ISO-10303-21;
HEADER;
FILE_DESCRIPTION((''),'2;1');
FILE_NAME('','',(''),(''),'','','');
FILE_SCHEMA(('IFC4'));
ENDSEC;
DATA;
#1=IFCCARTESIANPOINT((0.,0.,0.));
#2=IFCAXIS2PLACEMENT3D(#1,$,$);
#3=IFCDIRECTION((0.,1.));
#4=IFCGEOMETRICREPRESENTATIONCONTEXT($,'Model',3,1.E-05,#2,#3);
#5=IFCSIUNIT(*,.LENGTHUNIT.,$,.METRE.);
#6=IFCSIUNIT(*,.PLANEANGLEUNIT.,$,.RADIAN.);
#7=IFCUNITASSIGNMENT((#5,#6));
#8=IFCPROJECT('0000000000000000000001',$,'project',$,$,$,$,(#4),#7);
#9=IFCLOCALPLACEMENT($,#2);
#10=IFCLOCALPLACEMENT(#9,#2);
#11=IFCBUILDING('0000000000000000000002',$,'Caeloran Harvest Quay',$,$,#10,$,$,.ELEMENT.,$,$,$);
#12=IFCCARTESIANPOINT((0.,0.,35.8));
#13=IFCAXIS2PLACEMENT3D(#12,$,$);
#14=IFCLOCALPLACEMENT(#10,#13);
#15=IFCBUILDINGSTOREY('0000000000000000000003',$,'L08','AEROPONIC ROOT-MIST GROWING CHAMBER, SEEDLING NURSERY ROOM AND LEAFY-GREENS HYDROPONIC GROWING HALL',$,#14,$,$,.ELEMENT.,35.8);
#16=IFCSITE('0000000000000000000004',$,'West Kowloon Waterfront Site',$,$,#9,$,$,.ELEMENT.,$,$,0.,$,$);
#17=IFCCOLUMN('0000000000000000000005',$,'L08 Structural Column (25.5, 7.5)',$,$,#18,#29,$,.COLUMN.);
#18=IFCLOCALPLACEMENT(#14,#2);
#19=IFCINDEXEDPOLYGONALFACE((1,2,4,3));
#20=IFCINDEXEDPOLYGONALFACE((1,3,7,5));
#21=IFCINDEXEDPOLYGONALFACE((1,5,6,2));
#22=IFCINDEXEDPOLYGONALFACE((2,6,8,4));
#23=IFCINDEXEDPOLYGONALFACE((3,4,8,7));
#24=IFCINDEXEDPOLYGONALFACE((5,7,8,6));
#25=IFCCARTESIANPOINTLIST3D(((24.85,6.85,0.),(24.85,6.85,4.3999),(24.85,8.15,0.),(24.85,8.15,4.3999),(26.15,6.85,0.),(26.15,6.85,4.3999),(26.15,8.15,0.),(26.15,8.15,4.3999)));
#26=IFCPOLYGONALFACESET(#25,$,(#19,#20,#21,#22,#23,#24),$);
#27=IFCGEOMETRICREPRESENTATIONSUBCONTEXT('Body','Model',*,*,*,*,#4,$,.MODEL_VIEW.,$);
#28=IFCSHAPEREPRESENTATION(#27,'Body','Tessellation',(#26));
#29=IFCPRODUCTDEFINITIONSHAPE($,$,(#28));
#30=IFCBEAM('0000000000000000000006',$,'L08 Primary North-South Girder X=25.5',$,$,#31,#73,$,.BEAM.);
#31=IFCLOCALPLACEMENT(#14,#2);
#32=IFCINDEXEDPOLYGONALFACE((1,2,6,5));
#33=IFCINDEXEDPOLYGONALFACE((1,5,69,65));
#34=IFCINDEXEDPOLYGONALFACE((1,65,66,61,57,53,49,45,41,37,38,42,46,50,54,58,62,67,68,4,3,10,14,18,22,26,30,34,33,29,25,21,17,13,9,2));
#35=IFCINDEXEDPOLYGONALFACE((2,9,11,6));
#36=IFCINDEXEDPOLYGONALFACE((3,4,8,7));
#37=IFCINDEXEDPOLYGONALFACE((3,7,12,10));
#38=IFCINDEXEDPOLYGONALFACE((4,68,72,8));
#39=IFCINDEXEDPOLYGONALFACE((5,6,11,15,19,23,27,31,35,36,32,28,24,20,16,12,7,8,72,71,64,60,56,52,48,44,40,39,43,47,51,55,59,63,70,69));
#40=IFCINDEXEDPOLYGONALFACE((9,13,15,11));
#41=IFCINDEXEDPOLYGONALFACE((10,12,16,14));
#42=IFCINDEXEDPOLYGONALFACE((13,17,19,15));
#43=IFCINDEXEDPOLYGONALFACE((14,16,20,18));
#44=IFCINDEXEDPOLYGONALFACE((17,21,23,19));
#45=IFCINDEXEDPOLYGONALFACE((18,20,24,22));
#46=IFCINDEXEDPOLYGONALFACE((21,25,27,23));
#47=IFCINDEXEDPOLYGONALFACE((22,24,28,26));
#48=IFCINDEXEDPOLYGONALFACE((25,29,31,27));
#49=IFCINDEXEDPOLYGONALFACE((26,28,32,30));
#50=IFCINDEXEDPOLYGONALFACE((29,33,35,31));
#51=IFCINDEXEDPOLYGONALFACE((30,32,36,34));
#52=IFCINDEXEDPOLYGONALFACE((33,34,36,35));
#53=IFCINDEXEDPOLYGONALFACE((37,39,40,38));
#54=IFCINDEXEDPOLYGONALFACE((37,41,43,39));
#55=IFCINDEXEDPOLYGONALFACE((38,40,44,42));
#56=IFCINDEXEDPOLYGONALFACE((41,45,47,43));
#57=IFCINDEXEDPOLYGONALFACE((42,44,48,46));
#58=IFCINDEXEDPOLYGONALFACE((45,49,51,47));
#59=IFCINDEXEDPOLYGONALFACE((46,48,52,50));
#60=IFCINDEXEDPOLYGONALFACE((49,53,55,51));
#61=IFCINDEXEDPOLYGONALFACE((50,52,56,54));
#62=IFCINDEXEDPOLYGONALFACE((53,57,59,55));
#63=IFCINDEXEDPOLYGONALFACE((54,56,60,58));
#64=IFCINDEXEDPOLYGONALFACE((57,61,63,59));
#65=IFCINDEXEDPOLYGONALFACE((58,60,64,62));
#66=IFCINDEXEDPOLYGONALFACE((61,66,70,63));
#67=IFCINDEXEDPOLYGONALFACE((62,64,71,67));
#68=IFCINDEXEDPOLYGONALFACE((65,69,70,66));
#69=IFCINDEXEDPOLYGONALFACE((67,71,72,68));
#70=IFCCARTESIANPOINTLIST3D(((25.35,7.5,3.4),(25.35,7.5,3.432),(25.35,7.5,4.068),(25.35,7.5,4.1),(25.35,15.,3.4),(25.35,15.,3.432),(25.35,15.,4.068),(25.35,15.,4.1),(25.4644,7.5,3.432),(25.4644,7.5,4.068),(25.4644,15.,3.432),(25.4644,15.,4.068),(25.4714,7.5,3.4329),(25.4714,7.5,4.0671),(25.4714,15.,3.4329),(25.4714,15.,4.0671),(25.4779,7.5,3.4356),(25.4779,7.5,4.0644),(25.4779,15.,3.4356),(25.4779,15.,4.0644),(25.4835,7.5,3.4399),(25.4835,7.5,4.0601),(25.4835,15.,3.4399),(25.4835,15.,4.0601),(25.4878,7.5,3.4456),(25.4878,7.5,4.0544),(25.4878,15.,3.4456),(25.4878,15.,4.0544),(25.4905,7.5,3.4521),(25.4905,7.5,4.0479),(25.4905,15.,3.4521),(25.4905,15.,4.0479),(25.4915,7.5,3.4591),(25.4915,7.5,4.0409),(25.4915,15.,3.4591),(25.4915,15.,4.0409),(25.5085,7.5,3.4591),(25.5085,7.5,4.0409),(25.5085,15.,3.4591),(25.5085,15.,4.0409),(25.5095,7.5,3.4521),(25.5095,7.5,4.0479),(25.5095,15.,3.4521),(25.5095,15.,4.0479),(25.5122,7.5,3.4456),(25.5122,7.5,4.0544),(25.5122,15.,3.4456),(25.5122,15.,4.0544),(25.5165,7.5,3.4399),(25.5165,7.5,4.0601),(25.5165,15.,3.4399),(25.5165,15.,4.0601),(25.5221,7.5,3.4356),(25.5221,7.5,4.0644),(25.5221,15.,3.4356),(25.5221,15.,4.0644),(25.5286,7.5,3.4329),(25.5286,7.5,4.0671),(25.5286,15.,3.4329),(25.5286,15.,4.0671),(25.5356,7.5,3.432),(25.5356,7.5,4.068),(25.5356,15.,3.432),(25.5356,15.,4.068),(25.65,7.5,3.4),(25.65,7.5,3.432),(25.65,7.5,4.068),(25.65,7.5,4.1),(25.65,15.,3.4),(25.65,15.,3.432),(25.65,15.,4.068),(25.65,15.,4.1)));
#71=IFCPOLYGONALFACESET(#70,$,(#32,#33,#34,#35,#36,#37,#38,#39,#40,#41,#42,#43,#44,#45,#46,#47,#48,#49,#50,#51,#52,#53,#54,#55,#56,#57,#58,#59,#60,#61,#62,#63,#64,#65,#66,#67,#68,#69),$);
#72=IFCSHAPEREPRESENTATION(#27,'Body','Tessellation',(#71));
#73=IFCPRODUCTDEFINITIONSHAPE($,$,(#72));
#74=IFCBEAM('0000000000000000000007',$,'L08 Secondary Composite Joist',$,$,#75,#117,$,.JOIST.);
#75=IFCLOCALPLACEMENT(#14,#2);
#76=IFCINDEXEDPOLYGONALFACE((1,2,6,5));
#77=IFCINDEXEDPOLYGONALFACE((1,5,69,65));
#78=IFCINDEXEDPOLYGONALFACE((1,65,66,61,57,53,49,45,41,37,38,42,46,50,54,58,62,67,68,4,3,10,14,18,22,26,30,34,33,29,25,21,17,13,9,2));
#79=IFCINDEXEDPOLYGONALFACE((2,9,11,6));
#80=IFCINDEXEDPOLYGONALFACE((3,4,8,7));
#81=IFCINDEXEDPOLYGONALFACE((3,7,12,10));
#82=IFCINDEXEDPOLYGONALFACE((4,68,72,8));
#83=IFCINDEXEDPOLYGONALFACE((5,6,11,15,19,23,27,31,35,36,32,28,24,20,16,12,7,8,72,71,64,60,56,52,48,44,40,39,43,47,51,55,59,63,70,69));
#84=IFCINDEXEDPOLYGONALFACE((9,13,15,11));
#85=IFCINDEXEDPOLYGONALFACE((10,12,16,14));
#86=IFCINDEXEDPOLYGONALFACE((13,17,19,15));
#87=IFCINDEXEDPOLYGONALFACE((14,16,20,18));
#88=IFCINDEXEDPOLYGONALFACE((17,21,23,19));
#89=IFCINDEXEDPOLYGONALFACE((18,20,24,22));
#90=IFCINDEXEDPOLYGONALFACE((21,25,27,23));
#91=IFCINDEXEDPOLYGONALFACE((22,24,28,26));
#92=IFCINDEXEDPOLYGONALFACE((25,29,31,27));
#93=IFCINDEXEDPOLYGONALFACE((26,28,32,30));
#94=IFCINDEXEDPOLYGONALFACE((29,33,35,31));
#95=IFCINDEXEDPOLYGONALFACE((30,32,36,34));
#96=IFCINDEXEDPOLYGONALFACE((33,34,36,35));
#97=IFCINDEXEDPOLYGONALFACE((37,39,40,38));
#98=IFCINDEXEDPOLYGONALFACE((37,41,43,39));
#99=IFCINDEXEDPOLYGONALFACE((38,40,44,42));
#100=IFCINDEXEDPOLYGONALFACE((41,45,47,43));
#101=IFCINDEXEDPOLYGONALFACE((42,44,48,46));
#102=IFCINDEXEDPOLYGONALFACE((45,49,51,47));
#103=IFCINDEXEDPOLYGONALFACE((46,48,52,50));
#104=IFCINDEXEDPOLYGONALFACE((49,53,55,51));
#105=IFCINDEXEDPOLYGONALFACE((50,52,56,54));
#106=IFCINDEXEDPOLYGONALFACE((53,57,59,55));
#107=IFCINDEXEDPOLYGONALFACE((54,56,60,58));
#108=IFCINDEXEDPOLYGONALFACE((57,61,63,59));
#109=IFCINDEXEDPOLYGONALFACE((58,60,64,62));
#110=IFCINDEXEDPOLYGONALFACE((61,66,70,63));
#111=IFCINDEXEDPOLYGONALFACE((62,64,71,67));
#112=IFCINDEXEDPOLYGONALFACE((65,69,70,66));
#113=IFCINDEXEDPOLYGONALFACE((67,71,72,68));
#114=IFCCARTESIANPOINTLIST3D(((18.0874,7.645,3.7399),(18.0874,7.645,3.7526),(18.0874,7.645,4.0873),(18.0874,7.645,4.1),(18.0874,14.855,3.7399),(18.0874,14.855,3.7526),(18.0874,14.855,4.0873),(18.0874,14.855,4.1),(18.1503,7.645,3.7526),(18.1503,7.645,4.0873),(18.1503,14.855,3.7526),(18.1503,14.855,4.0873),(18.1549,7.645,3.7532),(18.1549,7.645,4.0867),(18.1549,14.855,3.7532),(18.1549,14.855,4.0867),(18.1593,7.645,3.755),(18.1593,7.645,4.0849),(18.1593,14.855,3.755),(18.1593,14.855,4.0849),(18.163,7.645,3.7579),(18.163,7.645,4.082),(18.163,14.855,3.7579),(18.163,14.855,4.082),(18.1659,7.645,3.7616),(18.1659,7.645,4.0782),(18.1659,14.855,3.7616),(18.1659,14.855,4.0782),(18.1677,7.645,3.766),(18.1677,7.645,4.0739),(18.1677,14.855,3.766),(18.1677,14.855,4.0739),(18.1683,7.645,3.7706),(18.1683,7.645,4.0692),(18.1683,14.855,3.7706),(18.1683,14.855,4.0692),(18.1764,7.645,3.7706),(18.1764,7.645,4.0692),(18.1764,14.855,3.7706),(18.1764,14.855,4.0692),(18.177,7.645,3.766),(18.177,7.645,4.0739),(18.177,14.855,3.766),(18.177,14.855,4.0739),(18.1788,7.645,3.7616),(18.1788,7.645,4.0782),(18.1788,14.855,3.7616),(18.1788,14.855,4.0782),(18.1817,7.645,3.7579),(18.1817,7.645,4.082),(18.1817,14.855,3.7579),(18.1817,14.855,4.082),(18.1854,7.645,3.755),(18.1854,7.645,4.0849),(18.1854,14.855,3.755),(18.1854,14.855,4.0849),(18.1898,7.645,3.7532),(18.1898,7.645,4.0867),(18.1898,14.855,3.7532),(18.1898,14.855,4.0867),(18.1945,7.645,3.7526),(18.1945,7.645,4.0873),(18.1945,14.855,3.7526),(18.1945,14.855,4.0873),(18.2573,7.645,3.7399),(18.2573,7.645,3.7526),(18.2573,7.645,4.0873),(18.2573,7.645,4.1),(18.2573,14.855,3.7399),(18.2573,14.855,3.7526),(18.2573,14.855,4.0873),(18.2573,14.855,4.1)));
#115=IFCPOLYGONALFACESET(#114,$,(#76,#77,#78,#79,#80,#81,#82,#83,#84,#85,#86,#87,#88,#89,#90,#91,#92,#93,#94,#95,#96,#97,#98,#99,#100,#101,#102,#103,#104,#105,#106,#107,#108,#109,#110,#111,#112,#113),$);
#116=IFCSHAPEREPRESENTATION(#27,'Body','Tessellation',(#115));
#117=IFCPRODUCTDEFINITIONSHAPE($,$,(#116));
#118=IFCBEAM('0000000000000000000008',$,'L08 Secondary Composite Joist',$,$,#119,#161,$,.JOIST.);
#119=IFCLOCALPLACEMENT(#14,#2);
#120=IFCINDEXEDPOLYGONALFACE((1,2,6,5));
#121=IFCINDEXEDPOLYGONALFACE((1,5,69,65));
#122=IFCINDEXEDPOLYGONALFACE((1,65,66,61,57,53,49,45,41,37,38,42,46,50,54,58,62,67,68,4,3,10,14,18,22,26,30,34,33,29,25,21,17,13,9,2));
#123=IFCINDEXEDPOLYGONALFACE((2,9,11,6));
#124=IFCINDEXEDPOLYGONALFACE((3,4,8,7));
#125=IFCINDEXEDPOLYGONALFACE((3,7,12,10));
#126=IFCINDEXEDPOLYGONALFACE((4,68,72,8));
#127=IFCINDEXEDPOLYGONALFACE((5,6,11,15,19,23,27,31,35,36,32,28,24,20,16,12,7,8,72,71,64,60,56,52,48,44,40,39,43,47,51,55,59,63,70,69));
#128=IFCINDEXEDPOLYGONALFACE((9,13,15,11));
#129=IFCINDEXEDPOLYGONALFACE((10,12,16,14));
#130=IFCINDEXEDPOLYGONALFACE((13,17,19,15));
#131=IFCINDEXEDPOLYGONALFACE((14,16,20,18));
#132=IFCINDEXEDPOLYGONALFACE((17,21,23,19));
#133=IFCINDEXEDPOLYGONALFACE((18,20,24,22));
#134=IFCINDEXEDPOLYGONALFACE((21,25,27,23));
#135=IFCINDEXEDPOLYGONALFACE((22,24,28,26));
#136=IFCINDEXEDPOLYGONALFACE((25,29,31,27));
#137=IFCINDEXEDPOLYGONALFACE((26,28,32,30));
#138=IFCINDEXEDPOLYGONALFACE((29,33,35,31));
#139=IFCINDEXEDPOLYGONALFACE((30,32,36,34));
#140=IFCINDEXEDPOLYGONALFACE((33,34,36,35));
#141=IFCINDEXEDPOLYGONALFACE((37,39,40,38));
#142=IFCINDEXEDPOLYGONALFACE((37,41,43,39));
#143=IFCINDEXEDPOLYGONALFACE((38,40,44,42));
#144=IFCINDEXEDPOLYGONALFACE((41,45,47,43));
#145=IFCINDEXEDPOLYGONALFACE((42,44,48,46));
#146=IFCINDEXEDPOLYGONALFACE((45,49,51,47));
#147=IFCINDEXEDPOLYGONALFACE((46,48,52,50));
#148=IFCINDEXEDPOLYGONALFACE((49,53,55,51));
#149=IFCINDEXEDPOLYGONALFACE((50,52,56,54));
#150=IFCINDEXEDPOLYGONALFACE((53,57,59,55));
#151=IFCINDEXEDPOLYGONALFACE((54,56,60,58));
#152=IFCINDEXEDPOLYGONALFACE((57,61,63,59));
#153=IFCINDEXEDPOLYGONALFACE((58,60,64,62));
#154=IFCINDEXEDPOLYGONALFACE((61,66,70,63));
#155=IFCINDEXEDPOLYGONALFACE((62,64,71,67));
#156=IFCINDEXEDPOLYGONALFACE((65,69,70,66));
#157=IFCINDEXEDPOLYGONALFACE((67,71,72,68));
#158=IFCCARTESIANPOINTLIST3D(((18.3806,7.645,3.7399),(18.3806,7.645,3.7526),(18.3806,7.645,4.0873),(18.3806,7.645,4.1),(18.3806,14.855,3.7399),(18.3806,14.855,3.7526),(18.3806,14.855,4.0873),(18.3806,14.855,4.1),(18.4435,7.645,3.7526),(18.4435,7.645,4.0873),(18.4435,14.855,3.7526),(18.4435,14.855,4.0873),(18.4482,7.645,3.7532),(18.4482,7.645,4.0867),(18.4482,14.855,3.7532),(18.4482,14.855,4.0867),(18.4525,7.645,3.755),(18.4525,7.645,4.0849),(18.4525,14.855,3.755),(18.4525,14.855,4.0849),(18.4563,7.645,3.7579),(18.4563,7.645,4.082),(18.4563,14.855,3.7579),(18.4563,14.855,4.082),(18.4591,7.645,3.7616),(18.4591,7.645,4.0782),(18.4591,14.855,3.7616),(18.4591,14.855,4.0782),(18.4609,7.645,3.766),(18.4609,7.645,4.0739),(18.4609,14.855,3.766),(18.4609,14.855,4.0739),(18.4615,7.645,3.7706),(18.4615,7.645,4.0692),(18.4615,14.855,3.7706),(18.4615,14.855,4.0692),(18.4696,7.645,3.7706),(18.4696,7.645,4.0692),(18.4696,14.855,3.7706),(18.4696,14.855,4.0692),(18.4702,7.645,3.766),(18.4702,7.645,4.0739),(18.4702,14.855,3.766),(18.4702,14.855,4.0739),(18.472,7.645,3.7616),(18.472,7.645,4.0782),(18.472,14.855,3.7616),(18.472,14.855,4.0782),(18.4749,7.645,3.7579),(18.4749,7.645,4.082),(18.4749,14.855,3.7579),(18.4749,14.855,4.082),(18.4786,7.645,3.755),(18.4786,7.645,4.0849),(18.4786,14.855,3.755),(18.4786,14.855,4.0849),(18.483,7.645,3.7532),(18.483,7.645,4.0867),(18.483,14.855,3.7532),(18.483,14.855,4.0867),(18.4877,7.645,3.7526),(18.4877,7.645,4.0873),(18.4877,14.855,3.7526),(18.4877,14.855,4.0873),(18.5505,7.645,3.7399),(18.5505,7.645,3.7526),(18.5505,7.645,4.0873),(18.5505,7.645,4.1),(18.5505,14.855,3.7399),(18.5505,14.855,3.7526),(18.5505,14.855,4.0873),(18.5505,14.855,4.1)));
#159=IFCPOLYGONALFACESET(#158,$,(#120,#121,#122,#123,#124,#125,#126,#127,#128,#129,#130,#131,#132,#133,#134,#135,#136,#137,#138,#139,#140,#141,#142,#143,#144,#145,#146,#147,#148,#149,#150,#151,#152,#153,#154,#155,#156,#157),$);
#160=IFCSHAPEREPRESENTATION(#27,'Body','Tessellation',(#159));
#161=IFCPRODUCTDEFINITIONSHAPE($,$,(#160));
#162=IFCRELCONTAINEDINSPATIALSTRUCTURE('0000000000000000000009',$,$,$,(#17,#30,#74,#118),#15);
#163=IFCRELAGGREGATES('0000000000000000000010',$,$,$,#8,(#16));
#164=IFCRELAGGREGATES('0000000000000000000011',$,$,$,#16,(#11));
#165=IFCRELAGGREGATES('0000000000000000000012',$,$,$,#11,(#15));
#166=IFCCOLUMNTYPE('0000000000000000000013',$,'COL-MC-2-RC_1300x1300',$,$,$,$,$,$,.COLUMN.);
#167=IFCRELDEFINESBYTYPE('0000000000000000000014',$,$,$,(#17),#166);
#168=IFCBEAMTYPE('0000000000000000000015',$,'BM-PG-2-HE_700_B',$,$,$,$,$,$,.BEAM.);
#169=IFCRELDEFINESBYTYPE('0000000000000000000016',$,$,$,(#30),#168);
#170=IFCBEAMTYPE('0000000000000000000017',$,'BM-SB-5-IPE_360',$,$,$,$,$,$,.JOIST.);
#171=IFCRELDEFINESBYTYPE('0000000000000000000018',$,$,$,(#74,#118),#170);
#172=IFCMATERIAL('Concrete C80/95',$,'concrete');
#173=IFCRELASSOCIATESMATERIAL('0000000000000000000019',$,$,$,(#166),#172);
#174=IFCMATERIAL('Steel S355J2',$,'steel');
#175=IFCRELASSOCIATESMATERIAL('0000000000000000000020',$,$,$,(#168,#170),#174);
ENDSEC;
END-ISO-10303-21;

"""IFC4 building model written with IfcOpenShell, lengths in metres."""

from ifc_helpers import new_model, si_unit, direction, frame, origin, origin_2d, place, context, subcontext, project, spatial, rectangle, i_section, extrude, material, material_profile, profile_set, type_object, element, save


model = new_model("IFC4")

# Units and contexts
model_context = context("Model", 3, precision=1e-05, world=origin(), true_north=direction((0.0, 1.0)))
body_context = subcontext(model_context, "Body", "Model", "MODEL_VIEW")
ifc_project = project(units=[si_unit("LENGTHUNIT", "METRE"), si_unit("PLANEANGLEUNIT", "RADIAN")], contexts=[model_context])

# Site, building, storey
site_placement = place(None, origin())
site = spatial("IfcSite", under=ifc_project, at=site_placement, Name="West Kowloon Waterfront Site", CompositionType="ELEMENT", RefElevation=0.0)
building_placement = place(site_placement, origin())
building = spatial("IfcBuilding", under=site, at=building_placement, Name="Caeloran Harvest Quay", CompositionType="ELEMENT")
storey_placement = place(building_placement, frame((0.0, 0.0, 35.8)))
storey = spatial("IfcBuildingStorey", under=building, at=storey_placement, Name="L08", Description="AEROPONIC ROOT-MIST GROWING CHAMBER, SEEDLING NURSERY ROOM AND LEAFY-GREENS HYDROPONIC GROWING HALL", CompositionType="ELEMENT", Elevation=35.8)

# Column
ifc_material_1 = material(Name="Concrete C80/95", Category="concrete")
ifc_material_profile_1 = material_profile(ifc_material_1, rectangle(XDim=1.3, YDim=1.3, at=origin_2d()), Name="RC 1300x1300")
ifc_profile_set_1 = profile_set([ifc_material_profile_1], Name="Concrete C80/95")
column_type = type_object("IfcColumnType", Name="COL-MC-2-RC_1300x1300", PredefinedType="COLUMN", material=ifc_profile_set_1)
column_placement = place(storey_placement, frame((25.5, 7.5, 0.0), z_axis=(0.0, 0.0, 1.0), x_axis=(1.0, 0.0, 0.0)))
element("IfcColumn", 1, at=column_placement, inside=storey, type_object=column_type, Name="L08 Structural Column (25.5, 7.5)", PredefinedType="COLUMN", context=body_context, shape_type="SweptSolid", body=[
    extrude(rectangle(XDim=1.3, YDim=1.3, at=origin_2d()), origin(), (0.0, 0.0, 1.0), 4.3999),
])

# Beams
ifc_material_2 = material(Name="Steel S355J2", Category="steel")
ifc_material_profile_2 = material_profile(ifc_material_2, i_section(OverallWidth=0.3, OverallDepth=0.7, WebThickness=0.0171, FlangeThickness=0.032, FilletRadius=0.0271, at=origin_2d()), Name="HE 700 B")
ifc_profile_set_2 = profile_set([ifc_material_profile_2], Name="Steel S355J2")
beam_type_1 = type_object("IfcBeamType", Name="BM-PG-2-HE_700_B", PredefinedType="BEAM", material=ifc_profile_set_2)
beam_placement = place(storey_placement, frame((25.5, 7.5, 3.75), z_axis=(0.0, 1.0, 0.0), x_axis=(-1.0, 0.0, 0.0)))
element("IfcBeam", 2, at=beam_placement, inside=storey, type_object=beam_type_1, Name="L08 Primary North-South Girder X=25.5", PredefinedType="BEAM", context=body_context, shape_type="SweptSolid", body=[
    extrude(i_section(OverallWidth=0.3, OverallDepth=0.7, WebThickness=0.0171, FlangeThickness=0.032, FilletRadius=0.0271, at=origin_2d()), origin(), (0.0, 0.0, 1.0), 7.5),
])
ifc_material_profile_3 = material_profile(ifc_material_2, i_section(OverallWidth=0.1699, OverallDepth=0.3601, WebThickness=0.0081, FlangeThickness=0.0127, FilletRadius=0.0181, at=origin_2d()), Name="IPE 360")
ifc_profile_set_3 = profile_set([ifc_material_profile_3], Name="Steel S355J2")
beam_type_2 = type_object("IfcBeamType", Name="BM-SB-5-IPE_360", PredefinedType="JOIST", material=ifc_profile_set_3)
for number, where, z_axis, x_axis, name in (
    (3, (18.1724, 7.645, 3.9199), (0.0, 1.0, 0.0), (-1.0, 0.0, 0.0), "L08 Secondary Composite Joist"),
    (4, (18.4656, 7.645, 3.9199), (0.0, 1.0, 0.0), (-1.0, 0.0, 0.0), "L08 Secondary Composite Joist"),
):
    element("IfcBeam", number, at=place(storey_placement, frame(where, z_axis=z_axis, x_axis=x_axis)), inside=storey, type_object=beam_type_2, Name=name, PredefinedType="JOIST", context=body_context, shape_type="SweptSolid", body=[
        extrude(i_section(OverallWidth=0.1699, OverallDepth=0.3601, WebThickness=0.0081, FlangeThickness=0.0127, FilletRadius=0.0181, at=origin_2d()), origin(), (0.0, 0.0, 1.0), 7.21),
    ])

save(model, "model.ifc")
